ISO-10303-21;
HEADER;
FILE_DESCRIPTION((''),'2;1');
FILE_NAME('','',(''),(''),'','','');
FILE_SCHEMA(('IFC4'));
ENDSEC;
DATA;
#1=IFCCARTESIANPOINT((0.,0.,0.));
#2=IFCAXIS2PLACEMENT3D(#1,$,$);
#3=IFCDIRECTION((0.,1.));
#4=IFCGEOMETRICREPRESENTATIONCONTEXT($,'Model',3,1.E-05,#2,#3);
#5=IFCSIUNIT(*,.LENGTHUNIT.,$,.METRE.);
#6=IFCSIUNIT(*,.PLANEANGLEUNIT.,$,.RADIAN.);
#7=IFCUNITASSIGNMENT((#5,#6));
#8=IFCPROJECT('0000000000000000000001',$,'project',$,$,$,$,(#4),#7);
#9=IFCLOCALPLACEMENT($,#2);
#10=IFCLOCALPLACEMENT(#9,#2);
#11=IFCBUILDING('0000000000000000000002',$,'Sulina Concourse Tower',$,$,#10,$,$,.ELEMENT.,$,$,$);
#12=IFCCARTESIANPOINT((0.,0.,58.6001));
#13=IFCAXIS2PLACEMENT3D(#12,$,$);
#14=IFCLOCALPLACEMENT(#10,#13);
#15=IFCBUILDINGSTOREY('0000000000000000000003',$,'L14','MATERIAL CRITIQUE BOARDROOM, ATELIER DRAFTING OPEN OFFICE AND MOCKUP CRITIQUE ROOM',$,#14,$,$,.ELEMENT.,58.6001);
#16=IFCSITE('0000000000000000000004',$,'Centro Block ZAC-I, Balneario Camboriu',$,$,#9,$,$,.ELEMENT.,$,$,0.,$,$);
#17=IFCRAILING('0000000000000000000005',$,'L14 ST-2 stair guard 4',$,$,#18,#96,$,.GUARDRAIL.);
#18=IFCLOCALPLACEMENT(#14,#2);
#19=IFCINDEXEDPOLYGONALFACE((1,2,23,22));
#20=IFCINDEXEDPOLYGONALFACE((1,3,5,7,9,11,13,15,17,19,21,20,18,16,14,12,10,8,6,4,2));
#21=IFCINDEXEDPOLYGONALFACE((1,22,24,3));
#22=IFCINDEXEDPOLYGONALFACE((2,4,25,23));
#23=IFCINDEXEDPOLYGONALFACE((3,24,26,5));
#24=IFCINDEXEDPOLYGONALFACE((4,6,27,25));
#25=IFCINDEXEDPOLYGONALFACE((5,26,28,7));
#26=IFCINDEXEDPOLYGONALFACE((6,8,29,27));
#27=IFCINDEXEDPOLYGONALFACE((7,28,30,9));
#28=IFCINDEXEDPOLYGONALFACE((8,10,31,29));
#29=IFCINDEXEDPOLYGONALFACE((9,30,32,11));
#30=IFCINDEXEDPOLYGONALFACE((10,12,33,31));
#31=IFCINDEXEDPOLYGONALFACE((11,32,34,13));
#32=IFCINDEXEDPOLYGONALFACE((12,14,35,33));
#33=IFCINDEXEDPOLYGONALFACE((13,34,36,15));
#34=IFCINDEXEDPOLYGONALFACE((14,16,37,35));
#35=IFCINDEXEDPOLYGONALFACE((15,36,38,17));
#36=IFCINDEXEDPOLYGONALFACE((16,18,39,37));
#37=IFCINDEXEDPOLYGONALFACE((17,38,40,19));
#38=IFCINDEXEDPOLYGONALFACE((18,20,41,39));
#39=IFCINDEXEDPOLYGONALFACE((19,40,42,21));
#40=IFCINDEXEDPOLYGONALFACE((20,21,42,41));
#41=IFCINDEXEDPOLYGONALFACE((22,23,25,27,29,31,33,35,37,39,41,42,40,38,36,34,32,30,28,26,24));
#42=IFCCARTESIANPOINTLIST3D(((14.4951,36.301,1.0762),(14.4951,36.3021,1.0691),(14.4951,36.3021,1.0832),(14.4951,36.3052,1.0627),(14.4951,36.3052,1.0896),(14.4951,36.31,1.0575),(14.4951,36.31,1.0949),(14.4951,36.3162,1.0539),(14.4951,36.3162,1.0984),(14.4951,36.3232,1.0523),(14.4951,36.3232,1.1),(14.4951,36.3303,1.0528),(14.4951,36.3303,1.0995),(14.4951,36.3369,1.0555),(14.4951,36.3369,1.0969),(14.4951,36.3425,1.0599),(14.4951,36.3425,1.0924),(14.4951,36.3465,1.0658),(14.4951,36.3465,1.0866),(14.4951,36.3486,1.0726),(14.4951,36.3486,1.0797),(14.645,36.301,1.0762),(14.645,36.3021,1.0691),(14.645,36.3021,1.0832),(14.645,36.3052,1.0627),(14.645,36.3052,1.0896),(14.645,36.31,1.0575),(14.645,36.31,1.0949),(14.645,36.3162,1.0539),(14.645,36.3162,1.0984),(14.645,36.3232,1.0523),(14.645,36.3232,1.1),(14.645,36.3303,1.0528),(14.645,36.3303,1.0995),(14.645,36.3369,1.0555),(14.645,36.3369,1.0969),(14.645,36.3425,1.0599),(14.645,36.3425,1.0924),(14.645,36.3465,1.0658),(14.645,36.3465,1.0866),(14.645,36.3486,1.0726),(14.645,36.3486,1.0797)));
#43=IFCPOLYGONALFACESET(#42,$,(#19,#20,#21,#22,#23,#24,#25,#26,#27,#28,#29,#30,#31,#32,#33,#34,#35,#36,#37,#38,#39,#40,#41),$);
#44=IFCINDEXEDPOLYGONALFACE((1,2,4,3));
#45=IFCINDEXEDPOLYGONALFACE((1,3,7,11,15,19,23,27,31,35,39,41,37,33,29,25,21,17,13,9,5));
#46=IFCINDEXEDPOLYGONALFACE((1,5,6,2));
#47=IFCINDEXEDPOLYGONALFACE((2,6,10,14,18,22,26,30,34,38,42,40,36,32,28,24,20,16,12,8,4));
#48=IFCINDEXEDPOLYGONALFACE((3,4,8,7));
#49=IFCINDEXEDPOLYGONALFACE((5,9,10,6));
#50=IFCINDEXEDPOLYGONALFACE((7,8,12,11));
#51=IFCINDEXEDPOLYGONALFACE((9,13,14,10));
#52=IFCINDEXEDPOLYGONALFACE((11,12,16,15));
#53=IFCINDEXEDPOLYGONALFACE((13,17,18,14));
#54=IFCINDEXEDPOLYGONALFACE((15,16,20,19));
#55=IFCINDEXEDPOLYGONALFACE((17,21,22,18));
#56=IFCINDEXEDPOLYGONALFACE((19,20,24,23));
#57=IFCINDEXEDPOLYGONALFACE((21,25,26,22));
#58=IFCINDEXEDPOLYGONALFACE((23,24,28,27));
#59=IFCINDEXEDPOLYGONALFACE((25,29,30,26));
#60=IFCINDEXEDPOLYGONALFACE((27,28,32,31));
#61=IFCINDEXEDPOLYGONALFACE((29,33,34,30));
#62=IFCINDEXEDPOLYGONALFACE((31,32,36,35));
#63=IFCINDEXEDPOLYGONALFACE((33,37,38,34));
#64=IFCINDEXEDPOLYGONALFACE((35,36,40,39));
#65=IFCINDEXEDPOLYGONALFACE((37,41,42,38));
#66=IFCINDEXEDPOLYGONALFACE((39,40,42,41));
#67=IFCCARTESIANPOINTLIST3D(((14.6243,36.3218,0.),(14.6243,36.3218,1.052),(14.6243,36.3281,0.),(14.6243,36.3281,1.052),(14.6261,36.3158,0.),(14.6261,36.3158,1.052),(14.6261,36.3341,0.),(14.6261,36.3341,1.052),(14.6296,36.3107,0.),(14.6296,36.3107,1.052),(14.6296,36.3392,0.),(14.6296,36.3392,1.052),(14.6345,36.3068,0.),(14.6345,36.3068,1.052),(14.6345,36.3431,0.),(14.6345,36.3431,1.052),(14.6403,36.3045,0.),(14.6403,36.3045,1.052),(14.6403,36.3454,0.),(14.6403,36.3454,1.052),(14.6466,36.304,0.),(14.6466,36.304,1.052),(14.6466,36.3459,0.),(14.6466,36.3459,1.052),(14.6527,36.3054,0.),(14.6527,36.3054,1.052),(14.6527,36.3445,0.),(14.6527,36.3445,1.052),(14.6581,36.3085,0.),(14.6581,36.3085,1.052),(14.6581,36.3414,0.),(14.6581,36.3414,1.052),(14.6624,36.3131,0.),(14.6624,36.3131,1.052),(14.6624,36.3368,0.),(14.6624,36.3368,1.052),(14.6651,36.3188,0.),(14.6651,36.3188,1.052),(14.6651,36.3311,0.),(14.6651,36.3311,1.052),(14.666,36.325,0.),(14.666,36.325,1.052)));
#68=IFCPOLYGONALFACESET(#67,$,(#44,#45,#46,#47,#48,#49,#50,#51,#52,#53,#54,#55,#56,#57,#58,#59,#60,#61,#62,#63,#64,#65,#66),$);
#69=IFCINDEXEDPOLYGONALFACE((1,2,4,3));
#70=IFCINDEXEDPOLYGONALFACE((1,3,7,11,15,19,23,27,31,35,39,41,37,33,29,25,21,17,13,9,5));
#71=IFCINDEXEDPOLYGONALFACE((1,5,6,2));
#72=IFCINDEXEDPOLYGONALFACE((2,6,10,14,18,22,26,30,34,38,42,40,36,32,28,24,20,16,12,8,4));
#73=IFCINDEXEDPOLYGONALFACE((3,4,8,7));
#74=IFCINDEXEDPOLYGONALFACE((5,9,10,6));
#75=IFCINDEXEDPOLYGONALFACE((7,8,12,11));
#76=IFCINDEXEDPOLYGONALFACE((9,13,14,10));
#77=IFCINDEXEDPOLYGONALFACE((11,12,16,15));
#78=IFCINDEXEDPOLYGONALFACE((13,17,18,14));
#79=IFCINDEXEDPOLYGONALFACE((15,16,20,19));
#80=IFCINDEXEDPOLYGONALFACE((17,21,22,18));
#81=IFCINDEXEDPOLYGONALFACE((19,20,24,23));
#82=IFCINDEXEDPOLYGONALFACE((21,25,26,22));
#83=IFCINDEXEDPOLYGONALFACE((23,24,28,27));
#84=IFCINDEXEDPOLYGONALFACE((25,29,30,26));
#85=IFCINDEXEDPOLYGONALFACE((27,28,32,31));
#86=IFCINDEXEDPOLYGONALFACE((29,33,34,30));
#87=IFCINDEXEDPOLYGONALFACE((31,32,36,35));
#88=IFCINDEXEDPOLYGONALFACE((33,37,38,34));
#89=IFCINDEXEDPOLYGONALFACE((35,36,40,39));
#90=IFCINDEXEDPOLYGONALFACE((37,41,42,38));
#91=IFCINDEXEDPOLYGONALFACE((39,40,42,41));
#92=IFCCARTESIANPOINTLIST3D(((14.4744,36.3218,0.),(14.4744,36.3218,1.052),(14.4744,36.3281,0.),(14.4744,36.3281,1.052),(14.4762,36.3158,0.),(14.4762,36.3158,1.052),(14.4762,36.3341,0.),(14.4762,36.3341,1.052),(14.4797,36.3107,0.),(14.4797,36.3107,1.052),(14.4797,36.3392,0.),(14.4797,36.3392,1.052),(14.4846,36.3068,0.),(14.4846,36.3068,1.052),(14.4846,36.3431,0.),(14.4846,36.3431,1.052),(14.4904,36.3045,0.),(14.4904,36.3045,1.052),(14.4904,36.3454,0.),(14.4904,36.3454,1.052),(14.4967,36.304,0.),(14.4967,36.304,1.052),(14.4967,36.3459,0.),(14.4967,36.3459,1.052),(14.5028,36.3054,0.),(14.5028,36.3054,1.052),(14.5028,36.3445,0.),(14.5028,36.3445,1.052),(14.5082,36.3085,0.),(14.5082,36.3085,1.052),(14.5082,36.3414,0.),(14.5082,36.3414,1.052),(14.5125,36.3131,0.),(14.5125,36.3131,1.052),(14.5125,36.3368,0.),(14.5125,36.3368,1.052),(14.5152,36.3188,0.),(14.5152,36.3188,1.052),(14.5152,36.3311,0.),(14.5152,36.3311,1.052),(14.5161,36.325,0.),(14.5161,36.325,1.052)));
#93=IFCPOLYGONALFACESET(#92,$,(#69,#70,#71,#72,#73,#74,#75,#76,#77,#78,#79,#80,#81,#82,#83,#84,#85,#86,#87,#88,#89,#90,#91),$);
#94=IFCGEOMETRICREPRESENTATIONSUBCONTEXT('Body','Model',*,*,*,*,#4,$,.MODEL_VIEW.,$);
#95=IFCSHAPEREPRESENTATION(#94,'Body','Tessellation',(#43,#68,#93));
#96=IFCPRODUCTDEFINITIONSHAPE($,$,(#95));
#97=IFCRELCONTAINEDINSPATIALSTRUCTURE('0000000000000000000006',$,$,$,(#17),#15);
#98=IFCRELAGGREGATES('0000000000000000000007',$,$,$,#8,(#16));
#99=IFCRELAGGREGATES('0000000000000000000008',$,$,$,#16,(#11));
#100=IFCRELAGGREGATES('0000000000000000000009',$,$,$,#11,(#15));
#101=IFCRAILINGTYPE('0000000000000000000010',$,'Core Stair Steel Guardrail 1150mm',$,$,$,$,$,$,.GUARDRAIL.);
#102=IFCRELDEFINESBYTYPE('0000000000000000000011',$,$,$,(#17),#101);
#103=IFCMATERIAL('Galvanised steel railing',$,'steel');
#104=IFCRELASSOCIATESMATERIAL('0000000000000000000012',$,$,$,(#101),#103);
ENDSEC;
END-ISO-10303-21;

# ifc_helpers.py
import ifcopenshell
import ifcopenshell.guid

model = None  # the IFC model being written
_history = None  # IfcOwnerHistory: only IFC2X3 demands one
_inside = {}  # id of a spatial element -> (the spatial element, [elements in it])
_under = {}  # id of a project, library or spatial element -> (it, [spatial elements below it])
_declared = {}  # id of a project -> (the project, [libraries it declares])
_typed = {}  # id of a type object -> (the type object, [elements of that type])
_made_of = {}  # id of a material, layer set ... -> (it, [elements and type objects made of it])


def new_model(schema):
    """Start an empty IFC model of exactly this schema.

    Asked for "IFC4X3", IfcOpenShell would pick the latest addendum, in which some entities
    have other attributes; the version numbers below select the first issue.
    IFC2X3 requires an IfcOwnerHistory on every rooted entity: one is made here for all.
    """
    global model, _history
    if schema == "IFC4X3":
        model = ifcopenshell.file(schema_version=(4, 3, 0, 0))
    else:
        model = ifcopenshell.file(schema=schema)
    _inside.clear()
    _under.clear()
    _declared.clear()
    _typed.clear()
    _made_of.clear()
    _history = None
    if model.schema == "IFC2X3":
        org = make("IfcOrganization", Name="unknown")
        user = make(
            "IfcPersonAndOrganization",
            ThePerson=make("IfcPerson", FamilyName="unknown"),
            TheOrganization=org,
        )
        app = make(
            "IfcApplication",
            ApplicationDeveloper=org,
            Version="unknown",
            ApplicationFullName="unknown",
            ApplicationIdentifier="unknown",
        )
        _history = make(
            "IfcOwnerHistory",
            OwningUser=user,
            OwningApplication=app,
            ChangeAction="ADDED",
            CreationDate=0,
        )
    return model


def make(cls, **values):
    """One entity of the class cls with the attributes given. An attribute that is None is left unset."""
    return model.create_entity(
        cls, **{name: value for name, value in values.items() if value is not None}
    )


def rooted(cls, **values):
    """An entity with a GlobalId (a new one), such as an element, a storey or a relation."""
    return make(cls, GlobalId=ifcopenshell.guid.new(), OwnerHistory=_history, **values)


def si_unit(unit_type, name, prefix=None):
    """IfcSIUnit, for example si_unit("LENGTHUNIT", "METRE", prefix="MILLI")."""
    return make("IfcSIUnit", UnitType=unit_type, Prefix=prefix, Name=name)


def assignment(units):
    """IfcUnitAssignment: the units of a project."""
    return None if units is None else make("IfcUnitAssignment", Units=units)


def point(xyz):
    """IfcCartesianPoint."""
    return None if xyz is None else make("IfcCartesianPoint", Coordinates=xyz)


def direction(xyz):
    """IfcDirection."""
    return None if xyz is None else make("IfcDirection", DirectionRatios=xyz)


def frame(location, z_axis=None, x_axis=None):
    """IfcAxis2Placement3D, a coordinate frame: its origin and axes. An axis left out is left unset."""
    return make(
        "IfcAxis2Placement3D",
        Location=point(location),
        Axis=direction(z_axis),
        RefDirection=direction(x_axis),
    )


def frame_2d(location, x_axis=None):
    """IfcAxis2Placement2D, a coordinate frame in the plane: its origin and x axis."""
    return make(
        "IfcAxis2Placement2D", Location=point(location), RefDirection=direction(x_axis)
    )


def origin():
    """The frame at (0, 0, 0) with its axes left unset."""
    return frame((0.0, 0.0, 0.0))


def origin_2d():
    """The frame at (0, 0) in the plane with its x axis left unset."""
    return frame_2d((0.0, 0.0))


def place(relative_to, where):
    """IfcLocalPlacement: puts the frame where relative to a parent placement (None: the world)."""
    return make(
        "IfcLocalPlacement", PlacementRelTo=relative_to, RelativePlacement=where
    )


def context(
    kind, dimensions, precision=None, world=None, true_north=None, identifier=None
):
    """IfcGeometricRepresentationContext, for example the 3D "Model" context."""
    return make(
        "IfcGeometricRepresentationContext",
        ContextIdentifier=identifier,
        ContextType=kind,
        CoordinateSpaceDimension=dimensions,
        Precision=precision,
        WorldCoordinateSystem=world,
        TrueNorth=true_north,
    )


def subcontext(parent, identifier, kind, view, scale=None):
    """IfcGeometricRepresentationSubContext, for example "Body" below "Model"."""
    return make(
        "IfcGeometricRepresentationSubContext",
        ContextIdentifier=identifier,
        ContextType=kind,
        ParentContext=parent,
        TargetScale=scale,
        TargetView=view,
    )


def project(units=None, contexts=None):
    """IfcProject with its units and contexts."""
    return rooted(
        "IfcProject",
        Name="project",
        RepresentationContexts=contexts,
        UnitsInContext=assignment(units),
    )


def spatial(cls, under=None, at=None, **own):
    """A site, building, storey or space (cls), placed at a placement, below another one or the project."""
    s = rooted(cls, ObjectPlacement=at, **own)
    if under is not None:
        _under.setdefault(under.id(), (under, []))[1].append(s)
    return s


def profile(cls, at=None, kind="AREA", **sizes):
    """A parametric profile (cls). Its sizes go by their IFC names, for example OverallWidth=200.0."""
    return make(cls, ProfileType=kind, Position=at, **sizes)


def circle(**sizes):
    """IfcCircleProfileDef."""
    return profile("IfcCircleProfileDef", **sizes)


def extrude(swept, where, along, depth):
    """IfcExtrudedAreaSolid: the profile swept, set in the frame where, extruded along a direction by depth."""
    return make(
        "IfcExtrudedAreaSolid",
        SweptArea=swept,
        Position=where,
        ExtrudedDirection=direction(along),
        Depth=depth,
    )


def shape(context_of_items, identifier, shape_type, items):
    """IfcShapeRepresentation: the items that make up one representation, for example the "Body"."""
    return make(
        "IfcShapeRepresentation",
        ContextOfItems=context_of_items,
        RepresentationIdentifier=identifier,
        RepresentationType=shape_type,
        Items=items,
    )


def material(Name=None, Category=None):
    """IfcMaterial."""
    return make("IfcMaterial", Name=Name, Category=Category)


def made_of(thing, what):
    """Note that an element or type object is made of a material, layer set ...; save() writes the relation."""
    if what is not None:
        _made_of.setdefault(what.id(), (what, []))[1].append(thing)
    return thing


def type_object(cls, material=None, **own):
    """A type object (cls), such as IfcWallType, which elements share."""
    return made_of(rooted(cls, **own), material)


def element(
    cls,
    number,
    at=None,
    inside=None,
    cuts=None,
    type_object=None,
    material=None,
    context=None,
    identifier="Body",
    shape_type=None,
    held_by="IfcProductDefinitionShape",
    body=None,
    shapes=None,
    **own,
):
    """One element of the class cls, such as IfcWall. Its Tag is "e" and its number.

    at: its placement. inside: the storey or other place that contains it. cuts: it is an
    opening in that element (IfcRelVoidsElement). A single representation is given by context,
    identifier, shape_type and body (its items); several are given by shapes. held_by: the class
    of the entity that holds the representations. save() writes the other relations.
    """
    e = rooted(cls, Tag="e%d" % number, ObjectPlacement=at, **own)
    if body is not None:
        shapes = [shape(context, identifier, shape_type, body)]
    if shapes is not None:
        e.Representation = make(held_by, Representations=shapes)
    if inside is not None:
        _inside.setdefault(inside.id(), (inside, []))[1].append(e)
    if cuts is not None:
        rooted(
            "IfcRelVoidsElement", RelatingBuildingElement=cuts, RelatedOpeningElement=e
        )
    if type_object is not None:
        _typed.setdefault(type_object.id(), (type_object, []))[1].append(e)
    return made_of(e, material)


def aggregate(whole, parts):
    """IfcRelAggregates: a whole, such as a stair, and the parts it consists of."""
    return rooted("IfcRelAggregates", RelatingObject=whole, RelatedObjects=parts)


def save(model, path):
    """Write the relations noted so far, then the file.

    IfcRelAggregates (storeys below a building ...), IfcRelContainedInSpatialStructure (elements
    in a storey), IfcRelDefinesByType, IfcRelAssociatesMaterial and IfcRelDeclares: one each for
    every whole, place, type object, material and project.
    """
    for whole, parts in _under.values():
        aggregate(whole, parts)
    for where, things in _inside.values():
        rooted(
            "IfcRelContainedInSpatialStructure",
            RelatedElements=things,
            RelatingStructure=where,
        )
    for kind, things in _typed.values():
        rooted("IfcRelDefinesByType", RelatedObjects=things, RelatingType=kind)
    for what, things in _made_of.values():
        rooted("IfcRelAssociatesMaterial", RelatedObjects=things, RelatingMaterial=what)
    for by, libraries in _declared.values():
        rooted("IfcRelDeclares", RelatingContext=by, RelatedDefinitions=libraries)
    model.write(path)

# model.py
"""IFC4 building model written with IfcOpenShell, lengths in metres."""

from ifc_helpers import new_model, si_unit, direction, frame, origin, origin_2d, place, context, subcontext, project, spatial, circle, extrude, material, type_object, element, save


model = new_model("IFC4")

# Units and contexts
model_context = context("Model", 3, precision=1e-05, world=origin(), true_north=direction((0.0, 1.0)))
body_context = subcontext(model_context, "Body", "Model", "MODEL_VIEW")
ifc_project = project(units=[si_unit("LENGTHUNIT", "METRE"), si_unit("PLANEANGLEUNIT", "RADIAN")], contexts=[model_context])

# Site, building, storey
site_placement = place(None, origin())
site = spatial("IfcSite", under=ifc_project, at=site_placement, Name="Centro Block ZAC-I, Balneario Camboriu", CompositionType="ELEMENT", RefElevation=0.0)
building_placement = place(site_placement, origin())
building = spatial("IfcBuilding", under=site, at=building_placement, Name="Sulina Concourse Tower", CompositionType="ELEMENT")
storey_placement = place(building_placement, frame((0.0, 0.0, 58.6001)))
storey = spatial("IfcBuildingStorey", under=building, at=storey_placement, Name="L14", Description="MATERIAL CRITIQUE BOARDROOM, ATELIER DRAFTING OPEN OFFICE AND MOCKUP CRITIQUE ROOM", CompositionType="ELEMENT", Elevation=58.6001)

# Railing
ifc_material_1 = material(Name="Galvanised steel railing", Category="steel")
railing_type = type_object("IfcRailingType", Name="Core Stair Steel Guardrail 1150mm", PredefinedType="GUARDRAIL", material=ifc_material_1)
railing_placement = place(storey_placement, frame((14.645, 36.325, 0.0)))
element("IfcRailing", 1, at=railing_placement, inside=storey, type_object=railing_type, Name="L14 ST-2 stair guard 4", PredefinedType="GUARDRAIL", context=body_context, shape_type="SweptSolid", body=[
    extrude(circle(Radius=0.0239, at=origin_2d()), frame((0.0, 0.0, 1.0762), z_axis=(-1.0, 0.0, 0.0), x_axis=(0.0, -1.0, 0.0)), (0.0, 0.0, 1.0), 0.1499),
    extrude(circle(Radius=0.021, at=origin_2d()), origin(), (0.0, 0.0, 1.0), 1.052),
    extrude(circle(Radius=0.021, at=origin_2d()), frame((-0.1499, 0.0, 0.0)), (0.0, 0.0, 1.0), 1.052),
])

save(model, "model.ifc")
